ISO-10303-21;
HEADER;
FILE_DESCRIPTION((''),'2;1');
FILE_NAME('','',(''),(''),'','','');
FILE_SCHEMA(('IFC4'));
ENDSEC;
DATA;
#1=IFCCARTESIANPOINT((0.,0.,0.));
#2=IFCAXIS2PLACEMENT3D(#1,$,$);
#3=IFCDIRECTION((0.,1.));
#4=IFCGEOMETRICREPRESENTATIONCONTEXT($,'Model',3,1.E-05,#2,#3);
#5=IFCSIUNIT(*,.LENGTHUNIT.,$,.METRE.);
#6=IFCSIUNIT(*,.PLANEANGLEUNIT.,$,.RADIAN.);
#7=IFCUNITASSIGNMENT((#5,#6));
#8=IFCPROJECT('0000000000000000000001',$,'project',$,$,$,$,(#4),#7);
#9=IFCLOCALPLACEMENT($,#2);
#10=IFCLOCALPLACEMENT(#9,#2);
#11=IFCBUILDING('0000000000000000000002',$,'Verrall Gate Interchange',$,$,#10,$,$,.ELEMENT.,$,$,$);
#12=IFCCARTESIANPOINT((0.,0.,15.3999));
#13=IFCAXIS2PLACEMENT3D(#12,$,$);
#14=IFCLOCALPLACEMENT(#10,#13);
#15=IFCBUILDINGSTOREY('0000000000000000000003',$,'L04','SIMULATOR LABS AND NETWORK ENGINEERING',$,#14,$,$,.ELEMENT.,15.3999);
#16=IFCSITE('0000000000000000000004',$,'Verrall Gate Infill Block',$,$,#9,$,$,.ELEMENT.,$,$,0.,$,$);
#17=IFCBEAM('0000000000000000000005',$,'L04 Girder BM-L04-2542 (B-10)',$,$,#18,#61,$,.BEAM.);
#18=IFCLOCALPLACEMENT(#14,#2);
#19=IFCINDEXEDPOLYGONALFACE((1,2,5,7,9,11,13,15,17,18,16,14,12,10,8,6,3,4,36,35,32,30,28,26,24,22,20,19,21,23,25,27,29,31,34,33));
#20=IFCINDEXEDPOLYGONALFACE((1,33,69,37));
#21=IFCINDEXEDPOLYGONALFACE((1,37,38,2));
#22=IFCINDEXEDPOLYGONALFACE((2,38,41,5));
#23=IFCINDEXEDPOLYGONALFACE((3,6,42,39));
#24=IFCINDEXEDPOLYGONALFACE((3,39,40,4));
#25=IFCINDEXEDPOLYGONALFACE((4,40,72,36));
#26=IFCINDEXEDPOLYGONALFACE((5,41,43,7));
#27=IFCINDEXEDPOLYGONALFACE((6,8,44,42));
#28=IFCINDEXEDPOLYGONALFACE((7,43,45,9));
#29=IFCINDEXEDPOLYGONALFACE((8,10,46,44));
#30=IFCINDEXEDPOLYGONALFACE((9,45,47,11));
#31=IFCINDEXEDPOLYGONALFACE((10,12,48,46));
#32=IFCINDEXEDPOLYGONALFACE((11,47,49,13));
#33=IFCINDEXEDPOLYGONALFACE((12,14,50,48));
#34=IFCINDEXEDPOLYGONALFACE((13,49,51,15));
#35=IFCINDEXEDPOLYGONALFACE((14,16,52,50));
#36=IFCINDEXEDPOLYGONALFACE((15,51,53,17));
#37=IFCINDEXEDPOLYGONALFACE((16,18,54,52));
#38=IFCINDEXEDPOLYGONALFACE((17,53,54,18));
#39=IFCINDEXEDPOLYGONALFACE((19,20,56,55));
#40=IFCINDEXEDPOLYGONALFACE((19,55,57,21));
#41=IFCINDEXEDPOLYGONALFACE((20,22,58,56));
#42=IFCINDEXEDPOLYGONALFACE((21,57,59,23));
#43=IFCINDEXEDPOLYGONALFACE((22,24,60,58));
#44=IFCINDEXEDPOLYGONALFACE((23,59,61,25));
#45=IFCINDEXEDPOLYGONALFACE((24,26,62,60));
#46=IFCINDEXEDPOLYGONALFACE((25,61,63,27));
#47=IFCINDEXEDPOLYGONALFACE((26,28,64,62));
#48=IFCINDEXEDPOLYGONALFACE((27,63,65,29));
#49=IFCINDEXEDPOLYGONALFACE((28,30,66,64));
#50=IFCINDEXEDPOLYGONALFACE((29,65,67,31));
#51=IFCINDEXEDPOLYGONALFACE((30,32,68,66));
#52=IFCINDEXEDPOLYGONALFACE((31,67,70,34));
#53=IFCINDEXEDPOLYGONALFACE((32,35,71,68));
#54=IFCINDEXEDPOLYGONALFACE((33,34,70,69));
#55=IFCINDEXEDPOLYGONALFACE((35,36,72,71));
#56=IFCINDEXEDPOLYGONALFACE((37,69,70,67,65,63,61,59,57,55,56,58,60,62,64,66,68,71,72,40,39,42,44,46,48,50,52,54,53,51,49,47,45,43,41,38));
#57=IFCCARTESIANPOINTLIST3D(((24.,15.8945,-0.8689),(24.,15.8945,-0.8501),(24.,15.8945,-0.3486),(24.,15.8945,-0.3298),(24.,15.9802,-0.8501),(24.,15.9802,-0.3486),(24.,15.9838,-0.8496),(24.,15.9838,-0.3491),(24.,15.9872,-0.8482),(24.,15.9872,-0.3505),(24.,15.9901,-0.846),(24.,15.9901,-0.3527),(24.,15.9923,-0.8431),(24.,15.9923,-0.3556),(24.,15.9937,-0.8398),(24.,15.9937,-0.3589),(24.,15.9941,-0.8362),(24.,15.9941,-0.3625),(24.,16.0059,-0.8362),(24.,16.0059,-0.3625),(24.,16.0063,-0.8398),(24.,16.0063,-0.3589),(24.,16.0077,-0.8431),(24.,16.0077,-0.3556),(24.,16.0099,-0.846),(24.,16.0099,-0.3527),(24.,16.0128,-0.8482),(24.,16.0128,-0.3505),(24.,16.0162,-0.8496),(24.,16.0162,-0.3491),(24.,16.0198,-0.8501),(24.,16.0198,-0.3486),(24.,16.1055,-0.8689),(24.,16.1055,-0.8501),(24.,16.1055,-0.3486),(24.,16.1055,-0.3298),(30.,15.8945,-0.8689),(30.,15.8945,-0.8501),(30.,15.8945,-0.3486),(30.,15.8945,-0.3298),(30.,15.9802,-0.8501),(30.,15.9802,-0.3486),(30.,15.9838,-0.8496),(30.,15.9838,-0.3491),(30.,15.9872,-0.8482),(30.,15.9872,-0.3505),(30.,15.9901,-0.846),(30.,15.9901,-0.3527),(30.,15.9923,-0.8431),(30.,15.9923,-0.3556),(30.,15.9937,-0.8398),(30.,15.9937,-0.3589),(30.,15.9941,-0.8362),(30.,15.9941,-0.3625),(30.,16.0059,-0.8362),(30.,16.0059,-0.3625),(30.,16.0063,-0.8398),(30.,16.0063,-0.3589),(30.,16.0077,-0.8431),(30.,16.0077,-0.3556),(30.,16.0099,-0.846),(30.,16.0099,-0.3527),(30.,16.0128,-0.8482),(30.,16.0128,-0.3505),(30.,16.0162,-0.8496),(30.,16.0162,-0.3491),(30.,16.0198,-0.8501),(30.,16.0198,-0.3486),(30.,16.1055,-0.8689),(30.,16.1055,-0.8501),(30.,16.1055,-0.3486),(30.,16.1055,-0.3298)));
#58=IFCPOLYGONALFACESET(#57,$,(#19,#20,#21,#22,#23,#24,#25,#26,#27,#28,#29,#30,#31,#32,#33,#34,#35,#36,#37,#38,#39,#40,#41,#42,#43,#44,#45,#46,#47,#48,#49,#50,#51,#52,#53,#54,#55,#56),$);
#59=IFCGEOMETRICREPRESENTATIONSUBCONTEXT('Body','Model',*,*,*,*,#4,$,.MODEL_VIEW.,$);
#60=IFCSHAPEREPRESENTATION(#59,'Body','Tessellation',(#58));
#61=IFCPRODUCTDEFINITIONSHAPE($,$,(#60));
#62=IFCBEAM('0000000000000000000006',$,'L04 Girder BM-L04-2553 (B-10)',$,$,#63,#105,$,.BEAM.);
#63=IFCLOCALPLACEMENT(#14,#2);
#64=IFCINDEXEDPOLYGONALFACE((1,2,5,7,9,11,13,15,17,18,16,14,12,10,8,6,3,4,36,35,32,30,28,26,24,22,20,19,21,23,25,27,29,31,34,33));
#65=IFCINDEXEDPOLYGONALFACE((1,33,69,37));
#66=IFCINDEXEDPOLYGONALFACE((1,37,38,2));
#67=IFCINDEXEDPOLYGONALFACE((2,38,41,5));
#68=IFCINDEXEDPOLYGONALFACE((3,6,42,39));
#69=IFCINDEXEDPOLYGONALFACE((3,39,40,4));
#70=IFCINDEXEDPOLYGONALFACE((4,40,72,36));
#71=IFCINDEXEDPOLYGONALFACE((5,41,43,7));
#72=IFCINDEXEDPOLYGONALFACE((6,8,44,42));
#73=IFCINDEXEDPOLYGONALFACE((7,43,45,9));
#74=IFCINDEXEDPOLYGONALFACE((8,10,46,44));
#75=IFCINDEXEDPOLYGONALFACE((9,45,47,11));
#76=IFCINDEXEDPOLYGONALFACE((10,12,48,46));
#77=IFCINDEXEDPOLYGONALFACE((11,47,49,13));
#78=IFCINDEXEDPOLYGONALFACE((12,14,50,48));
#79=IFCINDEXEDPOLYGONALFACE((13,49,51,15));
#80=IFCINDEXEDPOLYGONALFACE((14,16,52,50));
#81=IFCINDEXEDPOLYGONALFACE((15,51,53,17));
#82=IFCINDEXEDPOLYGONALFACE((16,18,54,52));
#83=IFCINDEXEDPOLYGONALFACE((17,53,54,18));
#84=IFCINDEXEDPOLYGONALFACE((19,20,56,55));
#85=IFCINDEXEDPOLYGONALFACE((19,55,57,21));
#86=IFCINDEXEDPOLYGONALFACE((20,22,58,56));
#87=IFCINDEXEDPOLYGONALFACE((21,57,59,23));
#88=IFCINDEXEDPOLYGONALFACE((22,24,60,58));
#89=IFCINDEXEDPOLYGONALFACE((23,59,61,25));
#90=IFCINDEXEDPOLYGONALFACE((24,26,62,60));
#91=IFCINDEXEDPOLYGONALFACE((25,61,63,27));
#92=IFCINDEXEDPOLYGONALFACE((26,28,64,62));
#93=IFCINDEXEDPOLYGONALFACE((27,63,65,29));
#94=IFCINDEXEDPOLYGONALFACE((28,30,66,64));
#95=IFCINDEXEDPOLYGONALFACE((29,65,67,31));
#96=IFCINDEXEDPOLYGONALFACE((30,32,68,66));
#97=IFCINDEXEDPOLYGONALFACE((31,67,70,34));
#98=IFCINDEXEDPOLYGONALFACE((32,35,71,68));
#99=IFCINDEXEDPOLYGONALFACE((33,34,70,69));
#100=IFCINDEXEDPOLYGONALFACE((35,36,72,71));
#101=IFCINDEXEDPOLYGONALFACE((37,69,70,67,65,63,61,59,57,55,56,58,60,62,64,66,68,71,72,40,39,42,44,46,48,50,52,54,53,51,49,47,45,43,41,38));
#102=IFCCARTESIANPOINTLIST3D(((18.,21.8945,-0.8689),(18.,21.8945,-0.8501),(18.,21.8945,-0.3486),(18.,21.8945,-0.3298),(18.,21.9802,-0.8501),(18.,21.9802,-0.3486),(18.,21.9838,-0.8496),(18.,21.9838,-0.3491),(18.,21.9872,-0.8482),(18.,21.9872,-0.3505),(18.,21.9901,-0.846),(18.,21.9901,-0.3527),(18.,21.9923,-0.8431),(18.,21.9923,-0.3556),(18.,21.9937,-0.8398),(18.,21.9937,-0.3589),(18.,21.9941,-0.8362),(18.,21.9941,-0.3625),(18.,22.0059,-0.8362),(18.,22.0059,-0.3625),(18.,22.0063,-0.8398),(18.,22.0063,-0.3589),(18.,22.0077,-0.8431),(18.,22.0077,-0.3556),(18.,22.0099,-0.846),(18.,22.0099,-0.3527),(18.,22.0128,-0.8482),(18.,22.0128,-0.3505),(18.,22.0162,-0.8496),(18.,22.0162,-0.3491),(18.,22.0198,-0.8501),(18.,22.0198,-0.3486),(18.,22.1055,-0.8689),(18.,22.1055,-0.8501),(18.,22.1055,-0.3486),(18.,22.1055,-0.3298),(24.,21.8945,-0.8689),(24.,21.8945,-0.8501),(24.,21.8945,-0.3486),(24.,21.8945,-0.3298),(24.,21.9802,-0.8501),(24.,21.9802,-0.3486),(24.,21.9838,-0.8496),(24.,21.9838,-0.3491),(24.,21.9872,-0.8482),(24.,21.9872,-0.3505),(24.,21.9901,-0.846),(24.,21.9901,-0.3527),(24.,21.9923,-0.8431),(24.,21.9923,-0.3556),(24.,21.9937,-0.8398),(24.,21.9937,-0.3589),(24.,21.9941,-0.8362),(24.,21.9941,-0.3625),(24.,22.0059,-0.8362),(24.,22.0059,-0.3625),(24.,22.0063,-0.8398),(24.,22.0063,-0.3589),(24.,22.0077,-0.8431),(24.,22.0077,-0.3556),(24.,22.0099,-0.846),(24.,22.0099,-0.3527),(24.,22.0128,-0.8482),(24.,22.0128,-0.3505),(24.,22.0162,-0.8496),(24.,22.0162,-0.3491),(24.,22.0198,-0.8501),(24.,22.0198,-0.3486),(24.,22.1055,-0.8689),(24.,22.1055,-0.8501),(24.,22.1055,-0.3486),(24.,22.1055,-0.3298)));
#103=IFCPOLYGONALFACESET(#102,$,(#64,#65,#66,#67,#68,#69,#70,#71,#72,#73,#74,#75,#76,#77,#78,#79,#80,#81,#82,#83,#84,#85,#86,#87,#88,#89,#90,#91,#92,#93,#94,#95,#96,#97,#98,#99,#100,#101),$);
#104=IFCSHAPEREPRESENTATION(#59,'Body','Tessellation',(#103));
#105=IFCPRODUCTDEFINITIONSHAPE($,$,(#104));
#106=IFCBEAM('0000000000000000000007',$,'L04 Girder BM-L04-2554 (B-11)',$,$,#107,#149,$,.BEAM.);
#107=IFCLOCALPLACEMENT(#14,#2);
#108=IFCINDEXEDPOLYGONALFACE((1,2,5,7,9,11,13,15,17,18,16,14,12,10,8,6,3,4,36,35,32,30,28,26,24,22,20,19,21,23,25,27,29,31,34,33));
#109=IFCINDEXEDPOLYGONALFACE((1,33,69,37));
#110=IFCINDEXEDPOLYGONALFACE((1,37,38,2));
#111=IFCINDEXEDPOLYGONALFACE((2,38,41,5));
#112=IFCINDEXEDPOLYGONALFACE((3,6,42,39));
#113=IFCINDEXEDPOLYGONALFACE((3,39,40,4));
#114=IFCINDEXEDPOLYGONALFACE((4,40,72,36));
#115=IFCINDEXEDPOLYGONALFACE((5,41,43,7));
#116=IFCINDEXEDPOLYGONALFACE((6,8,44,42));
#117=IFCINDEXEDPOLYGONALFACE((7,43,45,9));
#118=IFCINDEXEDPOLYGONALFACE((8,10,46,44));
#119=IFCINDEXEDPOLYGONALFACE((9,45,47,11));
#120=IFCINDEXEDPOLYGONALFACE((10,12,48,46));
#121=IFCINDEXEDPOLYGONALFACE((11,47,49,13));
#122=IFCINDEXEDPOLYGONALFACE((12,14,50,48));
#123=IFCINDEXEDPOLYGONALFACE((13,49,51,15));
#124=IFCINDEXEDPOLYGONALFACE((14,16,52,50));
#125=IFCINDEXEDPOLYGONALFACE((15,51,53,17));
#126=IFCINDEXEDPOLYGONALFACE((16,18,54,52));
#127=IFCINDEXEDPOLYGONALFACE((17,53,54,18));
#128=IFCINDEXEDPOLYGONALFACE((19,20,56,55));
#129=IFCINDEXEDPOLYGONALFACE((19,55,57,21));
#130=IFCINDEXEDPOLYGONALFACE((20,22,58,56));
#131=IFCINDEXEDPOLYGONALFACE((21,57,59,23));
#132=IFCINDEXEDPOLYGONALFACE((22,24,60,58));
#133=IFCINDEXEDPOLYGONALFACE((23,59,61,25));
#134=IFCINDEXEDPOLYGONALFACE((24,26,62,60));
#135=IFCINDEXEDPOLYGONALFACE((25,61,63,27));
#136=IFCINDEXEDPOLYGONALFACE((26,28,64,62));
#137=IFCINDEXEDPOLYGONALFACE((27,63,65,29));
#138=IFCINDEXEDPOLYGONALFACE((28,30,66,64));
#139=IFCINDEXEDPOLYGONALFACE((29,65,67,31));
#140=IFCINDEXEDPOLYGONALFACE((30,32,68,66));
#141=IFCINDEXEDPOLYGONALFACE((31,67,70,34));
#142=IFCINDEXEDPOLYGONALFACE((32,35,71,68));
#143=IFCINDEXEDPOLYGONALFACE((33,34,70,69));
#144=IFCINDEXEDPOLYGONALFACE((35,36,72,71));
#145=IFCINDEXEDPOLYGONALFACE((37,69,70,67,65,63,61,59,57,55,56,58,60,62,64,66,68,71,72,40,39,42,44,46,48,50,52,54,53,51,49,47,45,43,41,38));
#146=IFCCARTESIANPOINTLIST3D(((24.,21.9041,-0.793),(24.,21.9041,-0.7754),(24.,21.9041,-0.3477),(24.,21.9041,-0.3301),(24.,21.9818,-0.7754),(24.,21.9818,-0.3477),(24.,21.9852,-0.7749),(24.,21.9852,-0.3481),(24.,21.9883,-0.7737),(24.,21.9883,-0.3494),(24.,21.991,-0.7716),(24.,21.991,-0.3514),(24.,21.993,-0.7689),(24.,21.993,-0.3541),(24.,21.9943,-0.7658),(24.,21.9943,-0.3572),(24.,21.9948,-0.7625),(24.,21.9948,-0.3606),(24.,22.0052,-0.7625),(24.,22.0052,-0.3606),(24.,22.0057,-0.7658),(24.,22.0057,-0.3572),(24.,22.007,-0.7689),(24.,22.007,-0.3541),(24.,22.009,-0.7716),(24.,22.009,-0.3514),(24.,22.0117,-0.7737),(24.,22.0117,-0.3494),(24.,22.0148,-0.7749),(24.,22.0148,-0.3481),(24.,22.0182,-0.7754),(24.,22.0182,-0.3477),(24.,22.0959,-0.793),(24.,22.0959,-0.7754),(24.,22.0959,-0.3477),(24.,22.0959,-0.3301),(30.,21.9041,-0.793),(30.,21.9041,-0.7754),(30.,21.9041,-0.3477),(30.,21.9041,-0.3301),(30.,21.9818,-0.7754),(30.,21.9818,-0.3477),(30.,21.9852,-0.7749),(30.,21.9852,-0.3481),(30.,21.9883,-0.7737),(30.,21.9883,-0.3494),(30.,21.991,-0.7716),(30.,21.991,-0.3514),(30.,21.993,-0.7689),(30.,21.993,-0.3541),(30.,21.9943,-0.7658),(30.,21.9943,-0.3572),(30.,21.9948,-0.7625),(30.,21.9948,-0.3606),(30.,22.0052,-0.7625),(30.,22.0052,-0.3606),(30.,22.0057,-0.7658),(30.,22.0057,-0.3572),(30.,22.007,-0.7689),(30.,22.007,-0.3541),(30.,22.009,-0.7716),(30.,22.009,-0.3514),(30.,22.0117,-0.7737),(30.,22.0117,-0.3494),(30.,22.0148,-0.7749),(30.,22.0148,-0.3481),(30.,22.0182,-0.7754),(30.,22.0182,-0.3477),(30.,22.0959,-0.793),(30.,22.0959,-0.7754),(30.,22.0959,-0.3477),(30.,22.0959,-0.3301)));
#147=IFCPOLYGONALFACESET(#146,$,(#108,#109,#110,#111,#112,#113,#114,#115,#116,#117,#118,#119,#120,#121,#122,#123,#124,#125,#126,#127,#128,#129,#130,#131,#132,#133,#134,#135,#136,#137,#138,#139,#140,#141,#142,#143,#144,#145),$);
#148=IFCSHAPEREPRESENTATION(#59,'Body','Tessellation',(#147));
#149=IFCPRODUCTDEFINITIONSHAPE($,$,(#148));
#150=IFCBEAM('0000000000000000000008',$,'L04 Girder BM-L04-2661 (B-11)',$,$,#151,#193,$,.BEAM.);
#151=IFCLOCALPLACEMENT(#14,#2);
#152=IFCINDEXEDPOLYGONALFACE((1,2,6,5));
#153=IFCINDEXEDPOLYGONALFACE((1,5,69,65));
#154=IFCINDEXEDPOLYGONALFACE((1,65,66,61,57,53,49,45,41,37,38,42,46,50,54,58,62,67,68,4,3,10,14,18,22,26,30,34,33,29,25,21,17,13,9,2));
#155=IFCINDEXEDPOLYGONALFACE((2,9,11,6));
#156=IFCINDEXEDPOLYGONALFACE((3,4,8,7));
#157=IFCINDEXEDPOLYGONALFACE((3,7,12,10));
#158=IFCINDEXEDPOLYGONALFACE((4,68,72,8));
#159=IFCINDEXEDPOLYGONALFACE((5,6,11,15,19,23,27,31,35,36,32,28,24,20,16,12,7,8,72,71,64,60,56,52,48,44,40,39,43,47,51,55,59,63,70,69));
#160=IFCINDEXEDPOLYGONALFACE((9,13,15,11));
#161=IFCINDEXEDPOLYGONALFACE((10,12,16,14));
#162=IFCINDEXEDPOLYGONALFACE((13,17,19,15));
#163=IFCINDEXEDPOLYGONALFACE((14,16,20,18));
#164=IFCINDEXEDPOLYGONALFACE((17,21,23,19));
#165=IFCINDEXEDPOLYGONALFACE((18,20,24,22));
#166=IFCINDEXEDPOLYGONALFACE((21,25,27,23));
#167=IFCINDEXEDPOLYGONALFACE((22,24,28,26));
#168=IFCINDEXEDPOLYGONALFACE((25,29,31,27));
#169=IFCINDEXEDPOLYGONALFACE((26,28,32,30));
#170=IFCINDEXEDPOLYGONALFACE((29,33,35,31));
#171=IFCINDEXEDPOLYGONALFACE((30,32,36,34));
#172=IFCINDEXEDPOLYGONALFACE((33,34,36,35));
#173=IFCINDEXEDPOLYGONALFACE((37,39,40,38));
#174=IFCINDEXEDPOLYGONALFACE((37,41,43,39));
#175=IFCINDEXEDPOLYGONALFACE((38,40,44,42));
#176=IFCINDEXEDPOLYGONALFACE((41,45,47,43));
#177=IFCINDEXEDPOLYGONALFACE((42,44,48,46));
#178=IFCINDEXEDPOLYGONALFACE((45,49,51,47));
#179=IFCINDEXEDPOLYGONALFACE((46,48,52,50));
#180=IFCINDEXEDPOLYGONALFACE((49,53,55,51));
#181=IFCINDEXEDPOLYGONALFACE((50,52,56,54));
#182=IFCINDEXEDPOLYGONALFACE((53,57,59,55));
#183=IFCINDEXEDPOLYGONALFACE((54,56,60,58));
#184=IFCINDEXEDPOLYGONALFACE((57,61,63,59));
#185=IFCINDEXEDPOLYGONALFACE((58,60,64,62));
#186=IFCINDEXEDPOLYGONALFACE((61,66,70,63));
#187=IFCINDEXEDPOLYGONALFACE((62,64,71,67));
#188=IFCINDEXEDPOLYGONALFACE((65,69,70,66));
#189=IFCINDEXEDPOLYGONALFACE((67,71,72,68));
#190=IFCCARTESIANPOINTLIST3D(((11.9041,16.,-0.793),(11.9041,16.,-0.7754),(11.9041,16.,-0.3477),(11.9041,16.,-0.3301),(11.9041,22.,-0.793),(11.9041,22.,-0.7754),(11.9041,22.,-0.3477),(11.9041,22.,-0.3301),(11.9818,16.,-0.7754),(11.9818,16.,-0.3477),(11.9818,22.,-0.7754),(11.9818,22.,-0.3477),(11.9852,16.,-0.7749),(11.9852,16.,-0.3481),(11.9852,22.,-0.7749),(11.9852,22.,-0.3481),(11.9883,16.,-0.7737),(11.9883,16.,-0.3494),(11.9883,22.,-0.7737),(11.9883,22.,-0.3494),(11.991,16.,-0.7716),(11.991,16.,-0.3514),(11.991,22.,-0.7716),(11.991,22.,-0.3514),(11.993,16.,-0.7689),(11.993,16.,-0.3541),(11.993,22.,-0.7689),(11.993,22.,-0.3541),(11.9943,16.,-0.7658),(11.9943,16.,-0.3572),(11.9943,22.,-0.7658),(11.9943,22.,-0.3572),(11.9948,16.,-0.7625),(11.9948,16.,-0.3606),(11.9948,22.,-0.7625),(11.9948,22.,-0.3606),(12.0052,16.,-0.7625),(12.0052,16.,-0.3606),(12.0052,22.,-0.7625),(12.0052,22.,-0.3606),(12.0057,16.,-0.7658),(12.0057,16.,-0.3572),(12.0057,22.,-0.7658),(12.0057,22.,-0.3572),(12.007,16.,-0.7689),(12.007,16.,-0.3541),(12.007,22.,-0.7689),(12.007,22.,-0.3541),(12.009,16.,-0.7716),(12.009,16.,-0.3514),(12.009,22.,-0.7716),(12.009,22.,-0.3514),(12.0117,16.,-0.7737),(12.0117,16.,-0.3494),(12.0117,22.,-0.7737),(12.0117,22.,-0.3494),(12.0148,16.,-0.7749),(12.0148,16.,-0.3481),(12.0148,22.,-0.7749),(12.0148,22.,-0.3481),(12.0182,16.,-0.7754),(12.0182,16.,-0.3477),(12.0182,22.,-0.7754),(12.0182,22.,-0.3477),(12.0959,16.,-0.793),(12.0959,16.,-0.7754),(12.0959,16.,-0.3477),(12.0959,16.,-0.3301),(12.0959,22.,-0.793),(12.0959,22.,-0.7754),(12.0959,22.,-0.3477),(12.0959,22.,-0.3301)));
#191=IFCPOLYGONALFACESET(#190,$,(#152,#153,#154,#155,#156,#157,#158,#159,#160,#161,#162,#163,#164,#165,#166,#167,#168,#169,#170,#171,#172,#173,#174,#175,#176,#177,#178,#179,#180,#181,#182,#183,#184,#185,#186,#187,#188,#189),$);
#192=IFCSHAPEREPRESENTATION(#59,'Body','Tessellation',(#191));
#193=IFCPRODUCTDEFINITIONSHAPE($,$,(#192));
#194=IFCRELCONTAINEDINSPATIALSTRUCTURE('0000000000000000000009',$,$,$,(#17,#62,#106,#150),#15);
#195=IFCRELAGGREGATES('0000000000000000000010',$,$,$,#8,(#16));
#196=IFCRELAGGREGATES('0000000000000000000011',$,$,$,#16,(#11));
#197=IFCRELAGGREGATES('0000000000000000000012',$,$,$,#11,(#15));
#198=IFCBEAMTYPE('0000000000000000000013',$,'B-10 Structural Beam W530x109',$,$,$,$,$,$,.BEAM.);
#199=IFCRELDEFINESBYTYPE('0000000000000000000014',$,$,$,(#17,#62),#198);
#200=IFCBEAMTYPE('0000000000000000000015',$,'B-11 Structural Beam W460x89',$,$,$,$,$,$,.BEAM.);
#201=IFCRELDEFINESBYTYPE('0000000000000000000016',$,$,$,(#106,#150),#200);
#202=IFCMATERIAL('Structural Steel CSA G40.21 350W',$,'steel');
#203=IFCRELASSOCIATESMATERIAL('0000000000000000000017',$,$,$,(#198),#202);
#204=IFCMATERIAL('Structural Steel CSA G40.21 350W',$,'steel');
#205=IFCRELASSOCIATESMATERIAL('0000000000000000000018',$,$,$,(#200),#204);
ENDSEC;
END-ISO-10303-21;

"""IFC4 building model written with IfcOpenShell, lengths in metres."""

from ifc_helpers import new_model, si_unit, direction, frame, origin, origin_2d, place, context, subcontext, project, spatial, i_section, extrude, material, material_profile, profile_set, type_object, element, save


model = new_model("IFC4")

# Units and contexts
model_context = context("Model", 3, precision=1e-05, world=origin(), true_north=direction((0.0, 1.0)))
body_context = subcontext(model_context, "Body", "Model", "MODEL_VIEW")
ifc_project = project(units=[si_unit("LENGTHUNIT", "METRE"), si_unit("PLANEANGLEUNIT", "RADIAN")], contexts=[model_context])

# Site, building, storey
site_placement = place(None, origin())
site = spatial("IfcSite", under=ifc_project, at=site_placement, Name="Verrall Gate Infill Block", CompositionType="ELEMENT", RefElevation=0.0)
building_placement = place(site_placement, origin())
building = spatial("IfcBuilding", under=site, at=building_placement, Name="Verrall Gate Interchange", CompositionType="ELEMENT")
storey_placement = place(building_placement, frame((0.0, 0.0, 15.3999)))
storey = spatial("IfcBuildingStorey", under=building, at=storey_placement, Name="L04", Description="SIMULATOR LABS AND NETWORK ENGINEERING", CompositionType="ELEMENT", Elevation=15.3999)

# Beams
ifc_material_1 = material(Name="Structural Steel CSA G40.21 350W", Category="steel")
ifc_material_profile_1 = material_profile(ifc_material_1, i_section(OverallWidth=0.2109, OverallDepth=0.5391, WebThickness=0.0117, FlangeThickness=0.0188, FilletRadius=0.0139, at=origin_2d()), Name="W530x109")
ifc_profile_set_1 = profile_set([ifc_material_profile_1], Name="Structural Steel CSA G40.21 350W")
beam_type_1 = type_object("IfcBeamType", Name="B-10 Structural Beam W530x109", PredefinedType="BEAM", material=ifc_profile_set_1)
for number, where, z_axis, x_axis, name in (
    (1, (24.0, 16.0, -0.5994), (1.0, 0.0, 0.0), (0.0, 1.0, 0.0), "L04 Girder BM-L04-2542 (B-10)"),
    (2, (18.0, 22.0, -0.5994), (1.0, 0.0, 0.0), (0.0, 1.0, 0.0), "L04 Girder BM-L04-2553 (B-10)"),
):
    element("IfcBeam", number, at=place(storey_placement, frame(where, z_axis=z_axis, x_axis=x_axis)), inside=storey, type_object=beam_type_1, Name=name, PredefinedType="BEAM", context=body_context, shape_type="SweptSolid", body=[
        extrude(i_section(OverallWidth=0.2109, OverallDepth=0.5391, WebThickness=0.0117, FlangeThickness=0.0188, FilletRadius=0.0139, at=origin_2d()), origin(), (0.0, 0.0, 1.0), 6.0),
    ])
ifc_material_2 = material(Name="Structural Steel CSA G40.21 350W", Category="steel")
ifc_material_profile_2 = material_profile(ifc_material_2, i_section(OverallWidth=0.1919, OverallDepth=0.4629, WebThickness=0.0105, FlangeThickness=0.0176, FilletRadius=0.0129, at=origin_2d()), Name="W460x89")
ifc_profile_set_2 = profile_set([ifc_material_profile_2], Name="Structural Steel CSA G40.21 350W")
beam_type_2 = type_object("IfcBeamType", Name="B-11 Structural Beam W460x89", PredefinedType="BEAM", material=ifc_profile_set_2)
for number, where, z_axis, x_axis, name in (
    (3, (24.0, 22.0, -0.5615), (1.0, 0.0, 0.0), (0.0, 1.0, 0.0), "L04 Girder BM-L04-2554 (B-11)"),
    (4, (12.0, 16.0, -0.5615), (0.0, 1.0, 0.0), (-1.0, 0.0, 0.0), "L04 Girder BM-L04-2661 (B-11)"),
):
    element("IfcBeam", number, at=place(storey_placement, frame(where, z_axis=z_axis, x_axis=x_axis)), inside=storey, type_object=beam_type_2, Name=name, PredefinedType="BEAM", context=body_context, shape_type="SweptSolid", body=[
        extrude(i_section(OverallWidth=0.1919, OverallDepth=0.4629, WebThickness=0.0105, FlangeThickness=0.0176, FilletRadius=0.0129, at=origin_2d()), origin(), (0.0, 0.0, 1.0), 6.0),
    ])

save(model, "model.ifc")
